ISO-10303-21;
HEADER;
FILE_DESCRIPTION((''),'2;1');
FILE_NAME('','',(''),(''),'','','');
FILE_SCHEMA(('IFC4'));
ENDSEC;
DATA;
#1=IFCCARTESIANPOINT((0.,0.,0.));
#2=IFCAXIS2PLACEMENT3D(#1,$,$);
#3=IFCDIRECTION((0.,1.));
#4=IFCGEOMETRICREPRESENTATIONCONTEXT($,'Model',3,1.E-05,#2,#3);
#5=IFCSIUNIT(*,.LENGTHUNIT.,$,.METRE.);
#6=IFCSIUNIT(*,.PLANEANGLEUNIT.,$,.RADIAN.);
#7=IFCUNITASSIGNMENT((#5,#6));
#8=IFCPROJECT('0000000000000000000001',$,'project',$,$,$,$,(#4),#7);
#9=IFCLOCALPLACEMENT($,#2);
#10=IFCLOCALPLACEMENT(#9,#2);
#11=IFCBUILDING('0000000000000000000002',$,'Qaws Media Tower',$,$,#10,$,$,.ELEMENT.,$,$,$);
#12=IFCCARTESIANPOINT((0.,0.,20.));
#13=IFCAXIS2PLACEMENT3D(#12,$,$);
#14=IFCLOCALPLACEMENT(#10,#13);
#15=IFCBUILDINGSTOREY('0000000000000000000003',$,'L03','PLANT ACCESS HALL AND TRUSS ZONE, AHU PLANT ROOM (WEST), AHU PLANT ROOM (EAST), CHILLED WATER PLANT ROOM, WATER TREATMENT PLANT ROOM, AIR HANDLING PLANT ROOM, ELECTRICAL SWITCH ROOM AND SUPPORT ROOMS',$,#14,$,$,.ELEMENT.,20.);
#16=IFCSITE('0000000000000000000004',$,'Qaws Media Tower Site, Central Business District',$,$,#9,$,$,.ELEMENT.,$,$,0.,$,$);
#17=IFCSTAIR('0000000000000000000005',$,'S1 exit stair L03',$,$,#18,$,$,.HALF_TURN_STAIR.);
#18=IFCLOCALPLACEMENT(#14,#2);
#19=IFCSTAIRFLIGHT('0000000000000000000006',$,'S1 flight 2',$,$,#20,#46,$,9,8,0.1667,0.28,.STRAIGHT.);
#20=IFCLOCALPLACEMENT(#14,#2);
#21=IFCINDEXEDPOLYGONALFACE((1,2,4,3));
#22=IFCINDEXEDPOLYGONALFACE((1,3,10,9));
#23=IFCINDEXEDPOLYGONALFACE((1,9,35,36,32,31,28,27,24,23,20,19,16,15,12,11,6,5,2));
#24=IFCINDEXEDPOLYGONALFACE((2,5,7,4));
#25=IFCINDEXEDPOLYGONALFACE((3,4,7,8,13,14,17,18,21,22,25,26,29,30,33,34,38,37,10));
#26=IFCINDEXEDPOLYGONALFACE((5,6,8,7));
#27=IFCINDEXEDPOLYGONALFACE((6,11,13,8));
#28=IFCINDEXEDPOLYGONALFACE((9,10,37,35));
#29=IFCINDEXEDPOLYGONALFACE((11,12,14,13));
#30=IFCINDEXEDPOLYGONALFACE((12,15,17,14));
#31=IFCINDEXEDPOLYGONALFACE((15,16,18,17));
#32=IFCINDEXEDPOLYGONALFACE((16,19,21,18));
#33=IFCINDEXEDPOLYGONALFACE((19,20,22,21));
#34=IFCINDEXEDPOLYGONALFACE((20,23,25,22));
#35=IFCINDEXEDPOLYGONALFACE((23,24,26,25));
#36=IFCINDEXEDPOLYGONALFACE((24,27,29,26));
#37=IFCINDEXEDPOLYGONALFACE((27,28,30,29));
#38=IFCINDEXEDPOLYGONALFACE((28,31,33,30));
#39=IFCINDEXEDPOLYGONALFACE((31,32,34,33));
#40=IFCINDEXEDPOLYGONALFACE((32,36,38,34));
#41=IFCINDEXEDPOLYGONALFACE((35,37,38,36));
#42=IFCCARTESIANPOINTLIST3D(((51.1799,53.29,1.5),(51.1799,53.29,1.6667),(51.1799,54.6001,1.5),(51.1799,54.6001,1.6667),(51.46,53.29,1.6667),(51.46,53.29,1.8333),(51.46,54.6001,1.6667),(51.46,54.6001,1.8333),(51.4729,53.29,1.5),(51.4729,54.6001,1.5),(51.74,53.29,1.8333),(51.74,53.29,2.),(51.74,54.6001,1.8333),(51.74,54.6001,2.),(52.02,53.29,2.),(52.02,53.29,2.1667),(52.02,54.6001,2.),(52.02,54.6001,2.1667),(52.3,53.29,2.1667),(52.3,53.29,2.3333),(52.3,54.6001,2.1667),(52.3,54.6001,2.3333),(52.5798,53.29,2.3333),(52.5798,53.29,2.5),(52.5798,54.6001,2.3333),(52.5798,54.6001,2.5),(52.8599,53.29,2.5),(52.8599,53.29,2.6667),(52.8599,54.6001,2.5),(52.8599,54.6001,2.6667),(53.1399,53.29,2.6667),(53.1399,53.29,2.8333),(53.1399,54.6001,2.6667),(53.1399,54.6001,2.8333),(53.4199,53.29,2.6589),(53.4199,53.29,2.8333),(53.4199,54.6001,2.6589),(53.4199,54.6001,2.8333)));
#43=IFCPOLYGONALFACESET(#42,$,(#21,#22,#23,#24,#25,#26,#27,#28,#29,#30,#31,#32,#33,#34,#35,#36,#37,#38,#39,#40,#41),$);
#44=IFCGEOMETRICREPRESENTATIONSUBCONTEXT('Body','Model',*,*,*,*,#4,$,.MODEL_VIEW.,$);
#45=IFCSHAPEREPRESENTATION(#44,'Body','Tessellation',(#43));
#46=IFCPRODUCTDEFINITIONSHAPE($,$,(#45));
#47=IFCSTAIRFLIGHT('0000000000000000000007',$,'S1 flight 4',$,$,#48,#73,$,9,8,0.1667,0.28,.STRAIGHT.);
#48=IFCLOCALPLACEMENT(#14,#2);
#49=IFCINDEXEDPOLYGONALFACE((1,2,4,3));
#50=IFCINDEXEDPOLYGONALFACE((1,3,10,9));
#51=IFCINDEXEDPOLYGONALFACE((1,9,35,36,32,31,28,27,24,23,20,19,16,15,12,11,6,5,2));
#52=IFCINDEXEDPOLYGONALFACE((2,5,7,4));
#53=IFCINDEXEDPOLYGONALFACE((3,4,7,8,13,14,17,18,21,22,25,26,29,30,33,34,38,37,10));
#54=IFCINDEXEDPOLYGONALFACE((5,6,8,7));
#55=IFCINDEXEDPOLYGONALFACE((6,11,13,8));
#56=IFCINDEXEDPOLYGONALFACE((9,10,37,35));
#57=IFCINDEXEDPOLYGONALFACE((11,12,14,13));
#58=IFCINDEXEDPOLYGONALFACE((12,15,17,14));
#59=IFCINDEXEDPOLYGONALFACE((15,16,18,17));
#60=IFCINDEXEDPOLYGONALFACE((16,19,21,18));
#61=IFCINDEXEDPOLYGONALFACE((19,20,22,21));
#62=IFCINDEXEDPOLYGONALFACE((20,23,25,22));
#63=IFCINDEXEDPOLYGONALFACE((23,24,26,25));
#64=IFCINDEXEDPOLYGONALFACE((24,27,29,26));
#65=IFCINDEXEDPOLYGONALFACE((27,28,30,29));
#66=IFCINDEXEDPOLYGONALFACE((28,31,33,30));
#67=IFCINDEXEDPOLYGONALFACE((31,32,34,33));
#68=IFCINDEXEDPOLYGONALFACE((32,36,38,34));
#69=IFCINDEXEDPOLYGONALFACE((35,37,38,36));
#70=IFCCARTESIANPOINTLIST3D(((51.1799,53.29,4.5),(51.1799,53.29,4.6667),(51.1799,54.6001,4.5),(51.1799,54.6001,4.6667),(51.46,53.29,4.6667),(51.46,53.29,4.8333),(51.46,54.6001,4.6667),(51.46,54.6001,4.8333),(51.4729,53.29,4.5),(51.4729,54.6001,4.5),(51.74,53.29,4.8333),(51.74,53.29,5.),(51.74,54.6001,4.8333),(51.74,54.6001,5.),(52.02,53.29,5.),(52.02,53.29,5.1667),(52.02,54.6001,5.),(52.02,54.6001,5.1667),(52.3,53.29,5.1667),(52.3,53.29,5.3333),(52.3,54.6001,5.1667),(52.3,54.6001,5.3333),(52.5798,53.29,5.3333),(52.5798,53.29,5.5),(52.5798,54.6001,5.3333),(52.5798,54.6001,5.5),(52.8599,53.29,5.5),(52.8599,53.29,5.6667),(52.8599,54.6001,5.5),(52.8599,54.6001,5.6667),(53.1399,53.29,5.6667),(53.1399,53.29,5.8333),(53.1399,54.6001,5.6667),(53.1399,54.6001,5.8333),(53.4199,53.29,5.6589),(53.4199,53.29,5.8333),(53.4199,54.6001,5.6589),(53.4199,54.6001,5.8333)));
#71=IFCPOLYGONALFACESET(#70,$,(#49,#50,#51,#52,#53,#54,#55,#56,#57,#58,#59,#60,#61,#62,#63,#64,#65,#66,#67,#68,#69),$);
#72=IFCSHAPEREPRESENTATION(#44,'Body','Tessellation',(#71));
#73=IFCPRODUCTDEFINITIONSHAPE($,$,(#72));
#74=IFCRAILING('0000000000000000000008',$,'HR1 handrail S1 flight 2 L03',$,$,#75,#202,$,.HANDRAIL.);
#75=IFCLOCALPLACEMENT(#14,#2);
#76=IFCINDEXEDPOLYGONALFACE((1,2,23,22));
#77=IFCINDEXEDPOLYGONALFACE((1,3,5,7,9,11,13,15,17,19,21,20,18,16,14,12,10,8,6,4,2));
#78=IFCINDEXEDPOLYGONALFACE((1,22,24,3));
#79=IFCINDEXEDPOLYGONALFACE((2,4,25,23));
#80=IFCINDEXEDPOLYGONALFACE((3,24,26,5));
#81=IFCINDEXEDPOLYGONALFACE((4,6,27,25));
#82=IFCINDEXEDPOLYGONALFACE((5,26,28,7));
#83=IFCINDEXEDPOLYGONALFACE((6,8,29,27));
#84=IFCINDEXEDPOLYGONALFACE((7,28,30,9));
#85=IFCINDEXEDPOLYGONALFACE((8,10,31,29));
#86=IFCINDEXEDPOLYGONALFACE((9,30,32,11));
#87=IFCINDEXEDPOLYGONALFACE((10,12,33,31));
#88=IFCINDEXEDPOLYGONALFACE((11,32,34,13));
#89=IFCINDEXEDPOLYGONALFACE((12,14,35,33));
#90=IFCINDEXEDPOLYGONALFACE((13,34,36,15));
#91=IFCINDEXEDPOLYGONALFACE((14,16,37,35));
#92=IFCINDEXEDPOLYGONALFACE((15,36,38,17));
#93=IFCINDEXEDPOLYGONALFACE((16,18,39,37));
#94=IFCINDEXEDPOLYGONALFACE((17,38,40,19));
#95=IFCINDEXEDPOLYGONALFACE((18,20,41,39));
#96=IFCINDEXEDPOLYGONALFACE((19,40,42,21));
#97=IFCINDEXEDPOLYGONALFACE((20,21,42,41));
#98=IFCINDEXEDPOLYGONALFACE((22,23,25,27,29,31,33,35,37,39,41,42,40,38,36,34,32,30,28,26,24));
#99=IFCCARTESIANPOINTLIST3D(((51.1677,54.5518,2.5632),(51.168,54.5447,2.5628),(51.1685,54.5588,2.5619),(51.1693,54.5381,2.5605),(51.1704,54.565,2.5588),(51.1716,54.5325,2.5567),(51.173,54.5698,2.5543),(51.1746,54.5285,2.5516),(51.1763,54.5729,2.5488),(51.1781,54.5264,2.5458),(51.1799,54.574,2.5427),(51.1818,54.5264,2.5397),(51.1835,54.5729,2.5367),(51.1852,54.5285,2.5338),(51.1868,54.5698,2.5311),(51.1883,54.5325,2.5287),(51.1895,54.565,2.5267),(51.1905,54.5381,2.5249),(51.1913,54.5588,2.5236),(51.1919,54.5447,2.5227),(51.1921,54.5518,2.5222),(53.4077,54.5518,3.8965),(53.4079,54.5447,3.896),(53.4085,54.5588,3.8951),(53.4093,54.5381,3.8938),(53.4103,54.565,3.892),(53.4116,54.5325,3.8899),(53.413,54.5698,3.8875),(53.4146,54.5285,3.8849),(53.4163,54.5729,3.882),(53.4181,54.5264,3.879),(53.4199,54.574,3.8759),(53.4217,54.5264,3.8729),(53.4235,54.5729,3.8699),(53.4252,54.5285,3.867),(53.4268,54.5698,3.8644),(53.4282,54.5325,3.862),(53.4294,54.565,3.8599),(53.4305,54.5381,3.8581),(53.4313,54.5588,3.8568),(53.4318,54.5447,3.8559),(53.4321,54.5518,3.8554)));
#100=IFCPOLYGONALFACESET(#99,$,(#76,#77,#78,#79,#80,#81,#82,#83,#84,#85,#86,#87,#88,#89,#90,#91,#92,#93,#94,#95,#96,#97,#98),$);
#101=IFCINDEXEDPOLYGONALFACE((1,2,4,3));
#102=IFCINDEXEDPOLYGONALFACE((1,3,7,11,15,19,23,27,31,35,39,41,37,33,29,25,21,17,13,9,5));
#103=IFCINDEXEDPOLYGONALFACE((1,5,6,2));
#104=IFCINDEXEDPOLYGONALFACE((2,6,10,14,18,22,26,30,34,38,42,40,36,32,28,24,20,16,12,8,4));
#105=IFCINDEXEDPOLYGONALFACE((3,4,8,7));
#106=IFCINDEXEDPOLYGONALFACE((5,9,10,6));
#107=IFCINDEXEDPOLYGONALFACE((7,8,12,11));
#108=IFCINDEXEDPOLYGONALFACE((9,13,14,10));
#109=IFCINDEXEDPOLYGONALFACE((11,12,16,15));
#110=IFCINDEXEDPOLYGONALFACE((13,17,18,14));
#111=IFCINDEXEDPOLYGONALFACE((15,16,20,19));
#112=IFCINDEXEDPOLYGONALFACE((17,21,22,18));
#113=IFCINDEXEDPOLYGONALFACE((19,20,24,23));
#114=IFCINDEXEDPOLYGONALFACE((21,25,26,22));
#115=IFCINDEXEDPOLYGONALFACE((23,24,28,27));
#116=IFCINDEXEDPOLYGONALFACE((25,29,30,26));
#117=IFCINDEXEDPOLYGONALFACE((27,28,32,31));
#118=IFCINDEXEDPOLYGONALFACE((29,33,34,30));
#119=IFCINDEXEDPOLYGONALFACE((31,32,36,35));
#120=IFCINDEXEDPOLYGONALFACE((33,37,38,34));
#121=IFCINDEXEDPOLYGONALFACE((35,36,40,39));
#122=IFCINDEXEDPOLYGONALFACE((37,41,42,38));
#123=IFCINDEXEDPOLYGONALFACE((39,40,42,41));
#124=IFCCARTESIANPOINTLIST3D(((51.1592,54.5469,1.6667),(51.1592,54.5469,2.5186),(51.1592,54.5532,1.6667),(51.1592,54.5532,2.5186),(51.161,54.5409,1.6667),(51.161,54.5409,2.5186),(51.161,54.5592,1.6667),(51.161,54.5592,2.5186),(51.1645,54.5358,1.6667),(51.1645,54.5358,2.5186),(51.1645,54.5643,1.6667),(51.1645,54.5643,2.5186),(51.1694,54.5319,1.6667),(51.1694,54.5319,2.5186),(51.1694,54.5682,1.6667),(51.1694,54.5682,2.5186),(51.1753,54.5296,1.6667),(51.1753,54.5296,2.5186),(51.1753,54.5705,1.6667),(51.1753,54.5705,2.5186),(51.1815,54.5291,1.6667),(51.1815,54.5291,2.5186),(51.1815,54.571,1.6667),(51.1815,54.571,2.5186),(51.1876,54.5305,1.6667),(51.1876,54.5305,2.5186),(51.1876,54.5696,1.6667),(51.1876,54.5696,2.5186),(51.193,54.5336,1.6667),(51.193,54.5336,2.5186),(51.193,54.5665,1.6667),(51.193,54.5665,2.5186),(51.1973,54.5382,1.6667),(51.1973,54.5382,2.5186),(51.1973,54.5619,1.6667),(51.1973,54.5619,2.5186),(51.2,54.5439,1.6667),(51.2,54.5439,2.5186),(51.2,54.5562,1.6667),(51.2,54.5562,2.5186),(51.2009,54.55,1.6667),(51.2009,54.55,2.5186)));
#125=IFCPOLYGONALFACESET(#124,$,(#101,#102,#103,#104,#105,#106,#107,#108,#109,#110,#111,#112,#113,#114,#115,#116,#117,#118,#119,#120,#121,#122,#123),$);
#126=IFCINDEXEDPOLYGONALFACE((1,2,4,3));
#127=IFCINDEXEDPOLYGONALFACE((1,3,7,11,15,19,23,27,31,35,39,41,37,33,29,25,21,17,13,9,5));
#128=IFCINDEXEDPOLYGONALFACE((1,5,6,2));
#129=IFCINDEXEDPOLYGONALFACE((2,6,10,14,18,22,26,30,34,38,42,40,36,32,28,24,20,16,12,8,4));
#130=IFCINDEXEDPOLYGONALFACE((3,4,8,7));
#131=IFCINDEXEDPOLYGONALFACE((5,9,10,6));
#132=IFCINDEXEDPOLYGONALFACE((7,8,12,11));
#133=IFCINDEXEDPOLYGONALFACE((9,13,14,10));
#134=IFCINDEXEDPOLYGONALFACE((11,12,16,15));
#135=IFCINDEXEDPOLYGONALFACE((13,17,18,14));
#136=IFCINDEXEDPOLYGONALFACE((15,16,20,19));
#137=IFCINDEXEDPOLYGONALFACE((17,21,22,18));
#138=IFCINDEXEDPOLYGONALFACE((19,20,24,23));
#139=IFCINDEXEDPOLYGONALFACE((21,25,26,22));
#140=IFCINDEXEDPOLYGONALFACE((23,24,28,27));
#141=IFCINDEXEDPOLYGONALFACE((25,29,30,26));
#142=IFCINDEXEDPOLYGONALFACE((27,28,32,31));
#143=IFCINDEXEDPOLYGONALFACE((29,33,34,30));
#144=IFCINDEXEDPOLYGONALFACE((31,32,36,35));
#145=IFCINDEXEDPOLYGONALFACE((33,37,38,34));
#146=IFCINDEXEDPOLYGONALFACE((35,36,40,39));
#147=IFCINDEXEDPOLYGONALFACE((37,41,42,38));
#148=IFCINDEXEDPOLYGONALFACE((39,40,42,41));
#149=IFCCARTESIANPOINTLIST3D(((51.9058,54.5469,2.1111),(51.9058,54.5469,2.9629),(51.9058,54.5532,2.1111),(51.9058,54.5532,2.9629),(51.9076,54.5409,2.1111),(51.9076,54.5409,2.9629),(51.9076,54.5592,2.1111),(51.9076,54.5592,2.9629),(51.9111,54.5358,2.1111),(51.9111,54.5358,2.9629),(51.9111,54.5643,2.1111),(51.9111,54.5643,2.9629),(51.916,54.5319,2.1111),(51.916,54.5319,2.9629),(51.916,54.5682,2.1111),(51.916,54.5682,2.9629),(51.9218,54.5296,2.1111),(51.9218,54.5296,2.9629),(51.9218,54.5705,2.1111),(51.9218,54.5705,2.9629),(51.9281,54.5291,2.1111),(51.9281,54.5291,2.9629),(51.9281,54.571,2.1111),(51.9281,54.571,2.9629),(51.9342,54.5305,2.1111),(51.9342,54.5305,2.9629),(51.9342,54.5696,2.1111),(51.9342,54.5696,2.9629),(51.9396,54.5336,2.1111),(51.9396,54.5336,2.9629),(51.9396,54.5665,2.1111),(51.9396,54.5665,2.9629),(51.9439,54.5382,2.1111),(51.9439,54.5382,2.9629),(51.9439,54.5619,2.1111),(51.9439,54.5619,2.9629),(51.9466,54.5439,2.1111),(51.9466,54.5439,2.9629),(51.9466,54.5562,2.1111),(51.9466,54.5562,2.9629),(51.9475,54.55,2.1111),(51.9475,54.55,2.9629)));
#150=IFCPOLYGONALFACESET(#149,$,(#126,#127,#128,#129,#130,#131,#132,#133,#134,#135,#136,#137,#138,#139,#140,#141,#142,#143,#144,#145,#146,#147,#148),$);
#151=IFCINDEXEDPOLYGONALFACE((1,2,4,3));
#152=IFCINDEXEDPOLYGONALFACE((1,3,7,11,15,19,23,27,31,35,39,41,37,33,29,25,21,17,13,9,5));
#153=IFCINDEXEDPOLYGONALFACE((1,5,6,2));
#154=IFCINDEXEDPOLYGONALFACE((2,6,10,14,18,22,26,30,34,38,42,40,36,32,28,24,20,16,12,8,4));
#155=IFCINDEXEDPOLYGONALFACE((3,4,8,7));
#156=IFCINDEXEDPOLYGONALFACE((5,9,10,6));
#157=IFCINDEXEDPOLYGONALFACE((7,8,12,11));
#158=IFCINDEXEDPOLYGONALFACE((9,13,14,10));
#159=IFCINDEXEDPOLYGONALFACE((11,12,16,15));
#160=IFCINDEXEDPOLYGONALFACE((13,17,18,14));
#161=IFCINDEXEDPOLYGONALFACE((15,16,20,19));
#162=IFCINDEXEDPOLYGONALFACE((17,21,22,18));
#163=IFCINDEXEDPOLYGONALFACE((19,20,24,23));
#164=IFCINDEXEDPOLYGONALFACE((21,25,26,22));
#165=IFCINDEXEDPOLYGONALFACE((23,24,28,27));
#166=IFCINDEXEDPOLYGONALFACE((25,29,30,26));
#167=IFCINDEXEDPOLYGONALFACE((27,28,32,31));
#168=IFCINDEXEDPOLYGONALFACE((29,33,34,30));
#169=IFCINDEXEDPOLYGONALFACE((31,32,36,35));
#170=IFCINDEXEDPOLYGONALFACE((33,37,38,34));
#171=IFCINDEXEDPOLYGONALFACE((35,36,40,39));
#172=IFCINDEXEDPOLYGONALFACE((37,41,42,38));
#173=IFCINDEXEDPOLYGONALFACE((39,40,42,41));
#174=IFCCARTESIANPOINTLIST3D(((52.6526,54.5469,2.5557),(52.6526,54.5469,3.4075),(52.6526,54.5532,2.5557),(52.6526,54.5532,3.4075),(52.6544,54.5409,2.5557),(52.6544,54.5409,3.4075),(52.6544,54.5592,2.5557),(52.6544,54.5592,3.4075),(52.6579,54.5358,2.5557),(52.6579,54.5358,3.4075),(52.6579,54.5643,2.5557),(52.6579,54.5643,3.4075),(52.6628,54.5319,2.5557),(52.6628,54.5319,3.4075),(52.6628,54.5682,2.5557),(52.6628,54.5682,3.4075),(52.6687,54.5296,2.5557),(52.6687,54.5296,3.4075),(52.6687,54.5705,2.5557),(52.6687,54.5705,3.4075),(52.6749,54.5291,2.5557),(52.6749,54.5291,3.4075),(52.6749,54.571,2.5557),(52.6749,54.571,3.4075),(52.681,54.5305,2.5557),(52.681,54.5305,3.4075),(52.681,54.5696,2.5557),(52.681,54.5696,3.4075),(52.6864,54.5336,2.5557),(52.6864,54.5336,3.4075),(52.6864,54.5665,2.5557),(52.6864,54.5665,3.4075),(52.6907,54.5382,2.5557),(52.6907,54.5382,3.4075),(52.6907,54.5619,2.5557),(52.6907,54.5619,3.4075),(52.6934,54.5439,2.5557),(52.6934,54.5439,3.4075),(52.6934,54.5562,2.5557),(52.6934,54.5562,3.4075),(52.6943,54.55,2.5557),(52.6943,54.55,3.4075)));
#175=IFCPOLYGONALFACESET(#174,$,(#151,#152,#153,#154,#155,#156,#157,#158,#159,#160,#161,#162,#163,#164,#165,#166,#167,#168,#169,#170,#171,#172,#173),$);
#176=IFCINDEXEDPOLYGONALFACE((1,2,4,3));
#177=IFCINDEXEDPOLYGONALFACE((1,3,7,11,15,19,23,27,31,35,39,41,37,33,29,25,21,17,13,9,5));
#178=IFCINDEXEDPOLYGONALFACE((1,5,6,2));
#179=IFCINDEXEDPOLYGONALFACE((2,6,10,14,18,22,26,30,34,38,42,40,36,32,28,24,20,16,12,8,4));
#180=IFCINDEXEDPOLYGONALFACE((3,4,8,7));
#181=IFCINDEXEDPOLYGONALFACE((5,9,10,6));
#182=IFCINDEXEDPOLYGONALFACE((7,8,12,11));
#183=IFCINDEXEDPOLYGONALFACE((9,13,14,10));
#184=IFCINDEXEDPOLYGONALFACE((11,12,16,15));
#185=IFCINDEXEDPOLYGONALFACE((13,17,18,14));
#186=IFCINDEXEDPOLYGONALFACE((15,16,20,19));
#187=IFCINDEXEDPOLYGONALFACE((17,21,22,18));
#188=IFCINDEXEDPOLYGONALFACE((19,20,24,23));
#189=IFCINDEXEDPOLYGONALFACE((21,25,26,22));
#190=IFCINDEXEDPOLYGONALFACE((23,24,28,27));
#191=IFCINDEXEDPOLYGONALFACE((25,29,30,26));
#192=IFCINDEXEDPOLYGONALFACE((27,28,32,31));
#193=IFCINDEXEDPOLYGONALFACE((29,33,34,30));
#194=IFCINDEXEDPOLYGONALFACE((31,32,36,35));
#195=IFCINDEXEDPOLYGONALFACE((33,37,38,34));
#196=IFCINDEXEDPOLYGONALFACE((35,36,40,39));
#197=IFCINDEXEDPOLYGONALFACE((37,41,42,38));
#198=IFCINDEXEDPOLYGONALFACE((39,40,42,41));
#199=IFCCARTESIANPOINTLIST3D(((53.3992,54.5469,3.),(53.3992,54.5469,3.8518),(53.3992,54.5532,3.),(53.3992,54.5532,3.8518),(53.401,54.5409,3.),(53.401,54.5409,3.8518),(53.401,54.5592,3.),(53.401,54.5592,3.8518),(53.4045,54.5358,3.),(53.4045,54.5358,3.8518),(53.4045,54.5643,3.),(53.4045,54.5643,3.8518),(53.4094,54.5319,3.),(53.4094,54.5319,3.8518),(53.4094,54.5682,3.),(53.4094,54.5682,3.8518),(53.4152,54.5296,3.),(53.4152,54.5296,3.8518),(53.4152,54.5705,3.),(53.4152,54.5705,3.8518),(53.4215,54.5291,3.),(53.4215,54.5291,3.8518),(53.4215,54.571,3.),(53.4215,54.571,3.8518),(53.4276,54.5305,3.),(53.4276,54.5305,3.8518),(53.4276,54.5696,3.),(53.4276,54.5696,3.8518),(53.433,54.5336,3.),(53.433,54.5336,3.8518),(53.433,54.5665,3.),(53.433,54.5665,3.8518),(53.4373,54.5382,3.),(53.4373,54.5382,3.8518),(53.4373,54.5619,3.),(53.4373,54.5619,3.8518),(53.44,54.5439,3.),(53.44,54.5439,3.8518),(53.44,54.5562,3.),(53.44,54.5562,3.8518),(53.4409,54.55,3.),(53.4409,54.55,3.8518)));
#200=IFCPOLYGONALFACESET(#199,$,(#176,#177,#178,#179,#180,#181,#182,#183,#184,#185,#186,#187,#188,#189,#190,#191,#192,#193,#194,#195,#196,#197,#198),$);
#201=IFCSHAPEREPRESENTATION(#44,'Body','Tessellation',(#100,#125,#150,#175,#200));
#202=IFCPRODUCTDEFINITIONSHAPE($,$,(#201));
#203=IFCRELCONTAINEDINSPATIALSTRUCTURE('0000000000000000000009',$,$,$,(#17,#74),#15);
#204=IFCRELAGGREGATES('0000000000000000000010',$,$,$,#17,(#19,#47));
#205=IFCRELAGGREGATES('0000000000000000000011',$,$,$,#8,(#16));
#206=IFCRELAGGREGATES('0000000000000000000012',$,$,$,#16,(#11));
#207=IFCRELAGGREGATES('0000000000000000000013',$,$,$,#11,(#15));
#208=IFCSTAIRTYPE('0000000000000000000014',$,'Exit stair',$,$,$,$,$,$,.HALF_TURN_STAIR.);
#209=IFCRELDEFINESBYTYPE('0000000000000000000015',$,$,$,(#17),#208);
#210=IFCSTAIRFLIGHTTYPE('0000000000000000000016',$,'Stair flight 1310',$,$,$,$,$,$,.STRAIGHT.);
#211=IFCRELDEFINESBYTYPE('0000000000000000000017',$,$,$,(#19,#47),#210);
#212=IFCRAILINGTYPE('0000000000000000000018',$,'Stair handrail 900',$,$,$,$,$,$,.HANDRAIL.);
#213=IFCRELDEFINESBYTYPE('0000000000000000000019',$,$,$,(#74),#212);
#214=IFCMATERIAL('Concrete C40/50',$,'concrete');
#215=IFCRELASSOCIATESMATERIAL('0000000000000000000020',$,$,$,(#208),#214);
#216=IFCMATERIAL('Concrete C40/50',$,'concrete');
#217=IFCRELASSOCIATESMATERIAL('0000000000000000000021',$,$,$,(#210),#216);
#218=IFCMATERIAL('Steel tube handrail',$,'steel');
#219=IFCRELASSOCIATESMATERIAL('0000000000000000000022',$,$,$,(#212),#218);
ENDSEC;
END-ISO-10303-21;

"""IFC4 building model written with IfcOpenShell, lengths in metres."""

from ifc_helpers import new_model, si_unit, direction, frame, origin, origin_2d, place, context, subcontext, project, spatial, polyline, circle, outline, extrude, material, type_object, element, aggregate, save


model = new_model("IFC4")

# Units and contexts
model_context = context("Model", 3, precision=1e-05, world=origin(), true_north=direction((0.0, 1.0)))
body_context = subcontext(model_context, "Body", "Model", "MODEL_VIEW")
ifc_project = project(units=[si_unit("LENGTHUNIT", "METRE"), si_unit("PLANEANGLEUNIT", "RADIAN")], contexts=[model_context])

# Site, building, storey
site_placement = place(None, origin())
site = spatial("IfcSite", under=ifc_project, at=site_placement, Name="Qaws Media Tower Site, Central Business District", CompositionType="ELEMENT", RefElevation=0.0)
building_placement = place(site_placement, origin())
building = spatial("IfcBuilding", under=site, at=building_placement, Name="Qaws Media Tower", CompositionType="ELEMENT")
storey_placement = place(building_placement, frame((0.0, 0.0, 20.0)))
storey = spatial("IfcBuildingStorey", under=building, at=storey_placement, Name="L03", Description="PLANT ACCESS HALL AND TRUSS ZONE, AHU PLANT ROOM (WEST), AHU PLANT ROOM (EAST), CHILLED WATER PLANT ROOM, WATER TREATMENT PLANT ROOM, AIR HANDLING PLANT ROOM, ELECTRICAL SWITCH ROOM AND SUPPORT ROOMS", CompositionType="ELEMENT", Elevation=20.0)

# Stair, stair flights
ifc_material_1 = material(Name="Concrete C40/50", Category="concrete")
stair_type = type_object("IfcStairType", Name="Exit stair", PredefinedType="HALF_TURN_STAIR", material=ifc_material_1)
stair_placement = place(storey_placement, origin())
stair = element("IfcStair", 1, at=stair_placement, inside=storey, type_object=stair_type, Name="S1 exit stair L03", PredefinedType="HALF_TURN_STAIR")
ifc_material_2 = material(Name="Concrete C40/50", Category="concrete")
stair_flight_type = type_object("IfcStairFlightType", Name="Stair flight 1310", PredefinedType="STRAIGHT", material=ifc_material_2)
stair_flight_1_placement = place(storey_placement, frame((51.1799, 53.9451, 1.5), z_axis=(0.0, 0.0, 1.0), x_axis=(1.0, 0.0, 0.0)))
stair_flight_1 = element("IfcStairFlight", 2, at=stair_flight_1_placement, type_object=stair_flight_type, Name="S1 flight 2", NumberOfRisers=9, NumberOfTreads=8, PredefinedType="STRAIGHT", RiserHeight=0.1667, TreadLength=0.28, context=body_context, shape_type="SweptSolid", body=[
    extrude(outline(polyline([(0.0, 0.0), (0.0, 0.1667), (0.28, 0.1667), (0.28, 0.3333), (0.5601, 0.3333), (0.5601, 0.5), (0.8401, 0.5), (0.8401, 0.6667), (1.1201, 0.6667), (1.1201, 0.8333), (1.3999, 0.8333), (1.3999, 1.0), (1.6799, 1.0), (1.6799, 1.1667), (1.96, 1.1667), (1.96, 1.3333), (2.24, 1.3333), (2.24, 1.5), (2.24, 1.1589), (0.293, 0.0), (0.0, 0.0)])), frame((0.0, 0.655, 0.0), z_axis=(0.0, -1.0, 0.0), x_axis=(1.0, 0.0, 0.0)), (0.0, 0.0, 1.0), 1.3101),
])
stair_flight_2_placement = place(storey_placement, frame((51.1799, 53.9451, 4.5), z_axis=(0.0, 0.0, 1.0), x_axis=(1.0, 0.0, 0.0)))
stair_flight_2 = element("IfcStairFlight", 3, at=stair_flight_2_placement, type_object=stair_flight_type, Name="S1 flight 4", NumberOfRisers=9, NumberOfTreads=8, PredefinedType="STRAIGHT", RiserHeight=0.1667, TreadLength=0.28, context=body_context, shape_type="SweptSolid", body=[
    extrude(outline(polyline([(0.0, 0.0), (0.0, 0.1667), (0.28, 0.1667), (0.28, 0.3333), (0.5601, 0.3333), (0.5601, 0.5), (0.8401, 0.5), (0.8401, 0.6667), (1.1201, 0.6667), (1.1201, 0.8333), (1.3999, 0.8333), (1.3999, 1.0), (1.6799, 1.0), (1.6799, 1.1667), (1.96, 1.1667), (1.96, 1.3333), (2.24, 1.3333), (2.24, 1.5), (2.24, 1.1589), (0.293, 0.0), (0.0, 0.0)])), frame((0.0, 0.655, 0.0), z_axis=(0.0, -1.0, 0.0), x_axis=(1.0, 0.0, 0.0)), (0.0, 0.0, 1.0), 1.3101),
])
aggregate(stair, [stair_flight_1, stair_flight_2])

# Railing
ifc_material_3 = material(Name="Steel tube handrail", Category="steel")
railing_type = type_object("IfcRailingType", Name="Stair handrail 900", PredefinedType="HANDRAIL", material=ifc_material_3)
for number, where, name in (
    (4, (51.1799, 54.55, 1.6667), "HR1 handrail S1 flight 2 L03"),
):
    element("IfcRailing", number, at=place(storey_placement, frame(where)), inside=storey, type_object=railing_type, Name=name, PredefinedType="HANDRAIL", context=body_context, shape_type="SweptSolid", body=[
        extrude(circle(Radius=0.0239, at=origin_2d()), frame((0.0, 0.0, 0.876), z_axis=(0.859306, 0.0, 0.511462), x_axis=(0.0, 1.0, 0.0)), (0.0, 0.0, 1.0), 2.6067),
        extrude(circle(Radius=0.021, at=origin_2d()), origin(), (0.0, 0.0, 1.0), 0.8518),
        extrude(circle(Radius=0.021, at=origin_2d()), frame((0.7466, 0.0, 0.4443)), (0.0, 0.0, 1.0), 0.8518),
        extrude(circle(Radius=0.021, at=origin_2d()), frame((1.4934, 0.0, 0.8889)), (0.0, 0.0, 1.0), 0.8518),
        extrude(circle(Radius=0.021, at=origin_2d()), frame((2.24, 0.0, 1.3333)), (0.0, 0.0, 1.0), 0.8518),
    ])

save(model, "model.ifc")
